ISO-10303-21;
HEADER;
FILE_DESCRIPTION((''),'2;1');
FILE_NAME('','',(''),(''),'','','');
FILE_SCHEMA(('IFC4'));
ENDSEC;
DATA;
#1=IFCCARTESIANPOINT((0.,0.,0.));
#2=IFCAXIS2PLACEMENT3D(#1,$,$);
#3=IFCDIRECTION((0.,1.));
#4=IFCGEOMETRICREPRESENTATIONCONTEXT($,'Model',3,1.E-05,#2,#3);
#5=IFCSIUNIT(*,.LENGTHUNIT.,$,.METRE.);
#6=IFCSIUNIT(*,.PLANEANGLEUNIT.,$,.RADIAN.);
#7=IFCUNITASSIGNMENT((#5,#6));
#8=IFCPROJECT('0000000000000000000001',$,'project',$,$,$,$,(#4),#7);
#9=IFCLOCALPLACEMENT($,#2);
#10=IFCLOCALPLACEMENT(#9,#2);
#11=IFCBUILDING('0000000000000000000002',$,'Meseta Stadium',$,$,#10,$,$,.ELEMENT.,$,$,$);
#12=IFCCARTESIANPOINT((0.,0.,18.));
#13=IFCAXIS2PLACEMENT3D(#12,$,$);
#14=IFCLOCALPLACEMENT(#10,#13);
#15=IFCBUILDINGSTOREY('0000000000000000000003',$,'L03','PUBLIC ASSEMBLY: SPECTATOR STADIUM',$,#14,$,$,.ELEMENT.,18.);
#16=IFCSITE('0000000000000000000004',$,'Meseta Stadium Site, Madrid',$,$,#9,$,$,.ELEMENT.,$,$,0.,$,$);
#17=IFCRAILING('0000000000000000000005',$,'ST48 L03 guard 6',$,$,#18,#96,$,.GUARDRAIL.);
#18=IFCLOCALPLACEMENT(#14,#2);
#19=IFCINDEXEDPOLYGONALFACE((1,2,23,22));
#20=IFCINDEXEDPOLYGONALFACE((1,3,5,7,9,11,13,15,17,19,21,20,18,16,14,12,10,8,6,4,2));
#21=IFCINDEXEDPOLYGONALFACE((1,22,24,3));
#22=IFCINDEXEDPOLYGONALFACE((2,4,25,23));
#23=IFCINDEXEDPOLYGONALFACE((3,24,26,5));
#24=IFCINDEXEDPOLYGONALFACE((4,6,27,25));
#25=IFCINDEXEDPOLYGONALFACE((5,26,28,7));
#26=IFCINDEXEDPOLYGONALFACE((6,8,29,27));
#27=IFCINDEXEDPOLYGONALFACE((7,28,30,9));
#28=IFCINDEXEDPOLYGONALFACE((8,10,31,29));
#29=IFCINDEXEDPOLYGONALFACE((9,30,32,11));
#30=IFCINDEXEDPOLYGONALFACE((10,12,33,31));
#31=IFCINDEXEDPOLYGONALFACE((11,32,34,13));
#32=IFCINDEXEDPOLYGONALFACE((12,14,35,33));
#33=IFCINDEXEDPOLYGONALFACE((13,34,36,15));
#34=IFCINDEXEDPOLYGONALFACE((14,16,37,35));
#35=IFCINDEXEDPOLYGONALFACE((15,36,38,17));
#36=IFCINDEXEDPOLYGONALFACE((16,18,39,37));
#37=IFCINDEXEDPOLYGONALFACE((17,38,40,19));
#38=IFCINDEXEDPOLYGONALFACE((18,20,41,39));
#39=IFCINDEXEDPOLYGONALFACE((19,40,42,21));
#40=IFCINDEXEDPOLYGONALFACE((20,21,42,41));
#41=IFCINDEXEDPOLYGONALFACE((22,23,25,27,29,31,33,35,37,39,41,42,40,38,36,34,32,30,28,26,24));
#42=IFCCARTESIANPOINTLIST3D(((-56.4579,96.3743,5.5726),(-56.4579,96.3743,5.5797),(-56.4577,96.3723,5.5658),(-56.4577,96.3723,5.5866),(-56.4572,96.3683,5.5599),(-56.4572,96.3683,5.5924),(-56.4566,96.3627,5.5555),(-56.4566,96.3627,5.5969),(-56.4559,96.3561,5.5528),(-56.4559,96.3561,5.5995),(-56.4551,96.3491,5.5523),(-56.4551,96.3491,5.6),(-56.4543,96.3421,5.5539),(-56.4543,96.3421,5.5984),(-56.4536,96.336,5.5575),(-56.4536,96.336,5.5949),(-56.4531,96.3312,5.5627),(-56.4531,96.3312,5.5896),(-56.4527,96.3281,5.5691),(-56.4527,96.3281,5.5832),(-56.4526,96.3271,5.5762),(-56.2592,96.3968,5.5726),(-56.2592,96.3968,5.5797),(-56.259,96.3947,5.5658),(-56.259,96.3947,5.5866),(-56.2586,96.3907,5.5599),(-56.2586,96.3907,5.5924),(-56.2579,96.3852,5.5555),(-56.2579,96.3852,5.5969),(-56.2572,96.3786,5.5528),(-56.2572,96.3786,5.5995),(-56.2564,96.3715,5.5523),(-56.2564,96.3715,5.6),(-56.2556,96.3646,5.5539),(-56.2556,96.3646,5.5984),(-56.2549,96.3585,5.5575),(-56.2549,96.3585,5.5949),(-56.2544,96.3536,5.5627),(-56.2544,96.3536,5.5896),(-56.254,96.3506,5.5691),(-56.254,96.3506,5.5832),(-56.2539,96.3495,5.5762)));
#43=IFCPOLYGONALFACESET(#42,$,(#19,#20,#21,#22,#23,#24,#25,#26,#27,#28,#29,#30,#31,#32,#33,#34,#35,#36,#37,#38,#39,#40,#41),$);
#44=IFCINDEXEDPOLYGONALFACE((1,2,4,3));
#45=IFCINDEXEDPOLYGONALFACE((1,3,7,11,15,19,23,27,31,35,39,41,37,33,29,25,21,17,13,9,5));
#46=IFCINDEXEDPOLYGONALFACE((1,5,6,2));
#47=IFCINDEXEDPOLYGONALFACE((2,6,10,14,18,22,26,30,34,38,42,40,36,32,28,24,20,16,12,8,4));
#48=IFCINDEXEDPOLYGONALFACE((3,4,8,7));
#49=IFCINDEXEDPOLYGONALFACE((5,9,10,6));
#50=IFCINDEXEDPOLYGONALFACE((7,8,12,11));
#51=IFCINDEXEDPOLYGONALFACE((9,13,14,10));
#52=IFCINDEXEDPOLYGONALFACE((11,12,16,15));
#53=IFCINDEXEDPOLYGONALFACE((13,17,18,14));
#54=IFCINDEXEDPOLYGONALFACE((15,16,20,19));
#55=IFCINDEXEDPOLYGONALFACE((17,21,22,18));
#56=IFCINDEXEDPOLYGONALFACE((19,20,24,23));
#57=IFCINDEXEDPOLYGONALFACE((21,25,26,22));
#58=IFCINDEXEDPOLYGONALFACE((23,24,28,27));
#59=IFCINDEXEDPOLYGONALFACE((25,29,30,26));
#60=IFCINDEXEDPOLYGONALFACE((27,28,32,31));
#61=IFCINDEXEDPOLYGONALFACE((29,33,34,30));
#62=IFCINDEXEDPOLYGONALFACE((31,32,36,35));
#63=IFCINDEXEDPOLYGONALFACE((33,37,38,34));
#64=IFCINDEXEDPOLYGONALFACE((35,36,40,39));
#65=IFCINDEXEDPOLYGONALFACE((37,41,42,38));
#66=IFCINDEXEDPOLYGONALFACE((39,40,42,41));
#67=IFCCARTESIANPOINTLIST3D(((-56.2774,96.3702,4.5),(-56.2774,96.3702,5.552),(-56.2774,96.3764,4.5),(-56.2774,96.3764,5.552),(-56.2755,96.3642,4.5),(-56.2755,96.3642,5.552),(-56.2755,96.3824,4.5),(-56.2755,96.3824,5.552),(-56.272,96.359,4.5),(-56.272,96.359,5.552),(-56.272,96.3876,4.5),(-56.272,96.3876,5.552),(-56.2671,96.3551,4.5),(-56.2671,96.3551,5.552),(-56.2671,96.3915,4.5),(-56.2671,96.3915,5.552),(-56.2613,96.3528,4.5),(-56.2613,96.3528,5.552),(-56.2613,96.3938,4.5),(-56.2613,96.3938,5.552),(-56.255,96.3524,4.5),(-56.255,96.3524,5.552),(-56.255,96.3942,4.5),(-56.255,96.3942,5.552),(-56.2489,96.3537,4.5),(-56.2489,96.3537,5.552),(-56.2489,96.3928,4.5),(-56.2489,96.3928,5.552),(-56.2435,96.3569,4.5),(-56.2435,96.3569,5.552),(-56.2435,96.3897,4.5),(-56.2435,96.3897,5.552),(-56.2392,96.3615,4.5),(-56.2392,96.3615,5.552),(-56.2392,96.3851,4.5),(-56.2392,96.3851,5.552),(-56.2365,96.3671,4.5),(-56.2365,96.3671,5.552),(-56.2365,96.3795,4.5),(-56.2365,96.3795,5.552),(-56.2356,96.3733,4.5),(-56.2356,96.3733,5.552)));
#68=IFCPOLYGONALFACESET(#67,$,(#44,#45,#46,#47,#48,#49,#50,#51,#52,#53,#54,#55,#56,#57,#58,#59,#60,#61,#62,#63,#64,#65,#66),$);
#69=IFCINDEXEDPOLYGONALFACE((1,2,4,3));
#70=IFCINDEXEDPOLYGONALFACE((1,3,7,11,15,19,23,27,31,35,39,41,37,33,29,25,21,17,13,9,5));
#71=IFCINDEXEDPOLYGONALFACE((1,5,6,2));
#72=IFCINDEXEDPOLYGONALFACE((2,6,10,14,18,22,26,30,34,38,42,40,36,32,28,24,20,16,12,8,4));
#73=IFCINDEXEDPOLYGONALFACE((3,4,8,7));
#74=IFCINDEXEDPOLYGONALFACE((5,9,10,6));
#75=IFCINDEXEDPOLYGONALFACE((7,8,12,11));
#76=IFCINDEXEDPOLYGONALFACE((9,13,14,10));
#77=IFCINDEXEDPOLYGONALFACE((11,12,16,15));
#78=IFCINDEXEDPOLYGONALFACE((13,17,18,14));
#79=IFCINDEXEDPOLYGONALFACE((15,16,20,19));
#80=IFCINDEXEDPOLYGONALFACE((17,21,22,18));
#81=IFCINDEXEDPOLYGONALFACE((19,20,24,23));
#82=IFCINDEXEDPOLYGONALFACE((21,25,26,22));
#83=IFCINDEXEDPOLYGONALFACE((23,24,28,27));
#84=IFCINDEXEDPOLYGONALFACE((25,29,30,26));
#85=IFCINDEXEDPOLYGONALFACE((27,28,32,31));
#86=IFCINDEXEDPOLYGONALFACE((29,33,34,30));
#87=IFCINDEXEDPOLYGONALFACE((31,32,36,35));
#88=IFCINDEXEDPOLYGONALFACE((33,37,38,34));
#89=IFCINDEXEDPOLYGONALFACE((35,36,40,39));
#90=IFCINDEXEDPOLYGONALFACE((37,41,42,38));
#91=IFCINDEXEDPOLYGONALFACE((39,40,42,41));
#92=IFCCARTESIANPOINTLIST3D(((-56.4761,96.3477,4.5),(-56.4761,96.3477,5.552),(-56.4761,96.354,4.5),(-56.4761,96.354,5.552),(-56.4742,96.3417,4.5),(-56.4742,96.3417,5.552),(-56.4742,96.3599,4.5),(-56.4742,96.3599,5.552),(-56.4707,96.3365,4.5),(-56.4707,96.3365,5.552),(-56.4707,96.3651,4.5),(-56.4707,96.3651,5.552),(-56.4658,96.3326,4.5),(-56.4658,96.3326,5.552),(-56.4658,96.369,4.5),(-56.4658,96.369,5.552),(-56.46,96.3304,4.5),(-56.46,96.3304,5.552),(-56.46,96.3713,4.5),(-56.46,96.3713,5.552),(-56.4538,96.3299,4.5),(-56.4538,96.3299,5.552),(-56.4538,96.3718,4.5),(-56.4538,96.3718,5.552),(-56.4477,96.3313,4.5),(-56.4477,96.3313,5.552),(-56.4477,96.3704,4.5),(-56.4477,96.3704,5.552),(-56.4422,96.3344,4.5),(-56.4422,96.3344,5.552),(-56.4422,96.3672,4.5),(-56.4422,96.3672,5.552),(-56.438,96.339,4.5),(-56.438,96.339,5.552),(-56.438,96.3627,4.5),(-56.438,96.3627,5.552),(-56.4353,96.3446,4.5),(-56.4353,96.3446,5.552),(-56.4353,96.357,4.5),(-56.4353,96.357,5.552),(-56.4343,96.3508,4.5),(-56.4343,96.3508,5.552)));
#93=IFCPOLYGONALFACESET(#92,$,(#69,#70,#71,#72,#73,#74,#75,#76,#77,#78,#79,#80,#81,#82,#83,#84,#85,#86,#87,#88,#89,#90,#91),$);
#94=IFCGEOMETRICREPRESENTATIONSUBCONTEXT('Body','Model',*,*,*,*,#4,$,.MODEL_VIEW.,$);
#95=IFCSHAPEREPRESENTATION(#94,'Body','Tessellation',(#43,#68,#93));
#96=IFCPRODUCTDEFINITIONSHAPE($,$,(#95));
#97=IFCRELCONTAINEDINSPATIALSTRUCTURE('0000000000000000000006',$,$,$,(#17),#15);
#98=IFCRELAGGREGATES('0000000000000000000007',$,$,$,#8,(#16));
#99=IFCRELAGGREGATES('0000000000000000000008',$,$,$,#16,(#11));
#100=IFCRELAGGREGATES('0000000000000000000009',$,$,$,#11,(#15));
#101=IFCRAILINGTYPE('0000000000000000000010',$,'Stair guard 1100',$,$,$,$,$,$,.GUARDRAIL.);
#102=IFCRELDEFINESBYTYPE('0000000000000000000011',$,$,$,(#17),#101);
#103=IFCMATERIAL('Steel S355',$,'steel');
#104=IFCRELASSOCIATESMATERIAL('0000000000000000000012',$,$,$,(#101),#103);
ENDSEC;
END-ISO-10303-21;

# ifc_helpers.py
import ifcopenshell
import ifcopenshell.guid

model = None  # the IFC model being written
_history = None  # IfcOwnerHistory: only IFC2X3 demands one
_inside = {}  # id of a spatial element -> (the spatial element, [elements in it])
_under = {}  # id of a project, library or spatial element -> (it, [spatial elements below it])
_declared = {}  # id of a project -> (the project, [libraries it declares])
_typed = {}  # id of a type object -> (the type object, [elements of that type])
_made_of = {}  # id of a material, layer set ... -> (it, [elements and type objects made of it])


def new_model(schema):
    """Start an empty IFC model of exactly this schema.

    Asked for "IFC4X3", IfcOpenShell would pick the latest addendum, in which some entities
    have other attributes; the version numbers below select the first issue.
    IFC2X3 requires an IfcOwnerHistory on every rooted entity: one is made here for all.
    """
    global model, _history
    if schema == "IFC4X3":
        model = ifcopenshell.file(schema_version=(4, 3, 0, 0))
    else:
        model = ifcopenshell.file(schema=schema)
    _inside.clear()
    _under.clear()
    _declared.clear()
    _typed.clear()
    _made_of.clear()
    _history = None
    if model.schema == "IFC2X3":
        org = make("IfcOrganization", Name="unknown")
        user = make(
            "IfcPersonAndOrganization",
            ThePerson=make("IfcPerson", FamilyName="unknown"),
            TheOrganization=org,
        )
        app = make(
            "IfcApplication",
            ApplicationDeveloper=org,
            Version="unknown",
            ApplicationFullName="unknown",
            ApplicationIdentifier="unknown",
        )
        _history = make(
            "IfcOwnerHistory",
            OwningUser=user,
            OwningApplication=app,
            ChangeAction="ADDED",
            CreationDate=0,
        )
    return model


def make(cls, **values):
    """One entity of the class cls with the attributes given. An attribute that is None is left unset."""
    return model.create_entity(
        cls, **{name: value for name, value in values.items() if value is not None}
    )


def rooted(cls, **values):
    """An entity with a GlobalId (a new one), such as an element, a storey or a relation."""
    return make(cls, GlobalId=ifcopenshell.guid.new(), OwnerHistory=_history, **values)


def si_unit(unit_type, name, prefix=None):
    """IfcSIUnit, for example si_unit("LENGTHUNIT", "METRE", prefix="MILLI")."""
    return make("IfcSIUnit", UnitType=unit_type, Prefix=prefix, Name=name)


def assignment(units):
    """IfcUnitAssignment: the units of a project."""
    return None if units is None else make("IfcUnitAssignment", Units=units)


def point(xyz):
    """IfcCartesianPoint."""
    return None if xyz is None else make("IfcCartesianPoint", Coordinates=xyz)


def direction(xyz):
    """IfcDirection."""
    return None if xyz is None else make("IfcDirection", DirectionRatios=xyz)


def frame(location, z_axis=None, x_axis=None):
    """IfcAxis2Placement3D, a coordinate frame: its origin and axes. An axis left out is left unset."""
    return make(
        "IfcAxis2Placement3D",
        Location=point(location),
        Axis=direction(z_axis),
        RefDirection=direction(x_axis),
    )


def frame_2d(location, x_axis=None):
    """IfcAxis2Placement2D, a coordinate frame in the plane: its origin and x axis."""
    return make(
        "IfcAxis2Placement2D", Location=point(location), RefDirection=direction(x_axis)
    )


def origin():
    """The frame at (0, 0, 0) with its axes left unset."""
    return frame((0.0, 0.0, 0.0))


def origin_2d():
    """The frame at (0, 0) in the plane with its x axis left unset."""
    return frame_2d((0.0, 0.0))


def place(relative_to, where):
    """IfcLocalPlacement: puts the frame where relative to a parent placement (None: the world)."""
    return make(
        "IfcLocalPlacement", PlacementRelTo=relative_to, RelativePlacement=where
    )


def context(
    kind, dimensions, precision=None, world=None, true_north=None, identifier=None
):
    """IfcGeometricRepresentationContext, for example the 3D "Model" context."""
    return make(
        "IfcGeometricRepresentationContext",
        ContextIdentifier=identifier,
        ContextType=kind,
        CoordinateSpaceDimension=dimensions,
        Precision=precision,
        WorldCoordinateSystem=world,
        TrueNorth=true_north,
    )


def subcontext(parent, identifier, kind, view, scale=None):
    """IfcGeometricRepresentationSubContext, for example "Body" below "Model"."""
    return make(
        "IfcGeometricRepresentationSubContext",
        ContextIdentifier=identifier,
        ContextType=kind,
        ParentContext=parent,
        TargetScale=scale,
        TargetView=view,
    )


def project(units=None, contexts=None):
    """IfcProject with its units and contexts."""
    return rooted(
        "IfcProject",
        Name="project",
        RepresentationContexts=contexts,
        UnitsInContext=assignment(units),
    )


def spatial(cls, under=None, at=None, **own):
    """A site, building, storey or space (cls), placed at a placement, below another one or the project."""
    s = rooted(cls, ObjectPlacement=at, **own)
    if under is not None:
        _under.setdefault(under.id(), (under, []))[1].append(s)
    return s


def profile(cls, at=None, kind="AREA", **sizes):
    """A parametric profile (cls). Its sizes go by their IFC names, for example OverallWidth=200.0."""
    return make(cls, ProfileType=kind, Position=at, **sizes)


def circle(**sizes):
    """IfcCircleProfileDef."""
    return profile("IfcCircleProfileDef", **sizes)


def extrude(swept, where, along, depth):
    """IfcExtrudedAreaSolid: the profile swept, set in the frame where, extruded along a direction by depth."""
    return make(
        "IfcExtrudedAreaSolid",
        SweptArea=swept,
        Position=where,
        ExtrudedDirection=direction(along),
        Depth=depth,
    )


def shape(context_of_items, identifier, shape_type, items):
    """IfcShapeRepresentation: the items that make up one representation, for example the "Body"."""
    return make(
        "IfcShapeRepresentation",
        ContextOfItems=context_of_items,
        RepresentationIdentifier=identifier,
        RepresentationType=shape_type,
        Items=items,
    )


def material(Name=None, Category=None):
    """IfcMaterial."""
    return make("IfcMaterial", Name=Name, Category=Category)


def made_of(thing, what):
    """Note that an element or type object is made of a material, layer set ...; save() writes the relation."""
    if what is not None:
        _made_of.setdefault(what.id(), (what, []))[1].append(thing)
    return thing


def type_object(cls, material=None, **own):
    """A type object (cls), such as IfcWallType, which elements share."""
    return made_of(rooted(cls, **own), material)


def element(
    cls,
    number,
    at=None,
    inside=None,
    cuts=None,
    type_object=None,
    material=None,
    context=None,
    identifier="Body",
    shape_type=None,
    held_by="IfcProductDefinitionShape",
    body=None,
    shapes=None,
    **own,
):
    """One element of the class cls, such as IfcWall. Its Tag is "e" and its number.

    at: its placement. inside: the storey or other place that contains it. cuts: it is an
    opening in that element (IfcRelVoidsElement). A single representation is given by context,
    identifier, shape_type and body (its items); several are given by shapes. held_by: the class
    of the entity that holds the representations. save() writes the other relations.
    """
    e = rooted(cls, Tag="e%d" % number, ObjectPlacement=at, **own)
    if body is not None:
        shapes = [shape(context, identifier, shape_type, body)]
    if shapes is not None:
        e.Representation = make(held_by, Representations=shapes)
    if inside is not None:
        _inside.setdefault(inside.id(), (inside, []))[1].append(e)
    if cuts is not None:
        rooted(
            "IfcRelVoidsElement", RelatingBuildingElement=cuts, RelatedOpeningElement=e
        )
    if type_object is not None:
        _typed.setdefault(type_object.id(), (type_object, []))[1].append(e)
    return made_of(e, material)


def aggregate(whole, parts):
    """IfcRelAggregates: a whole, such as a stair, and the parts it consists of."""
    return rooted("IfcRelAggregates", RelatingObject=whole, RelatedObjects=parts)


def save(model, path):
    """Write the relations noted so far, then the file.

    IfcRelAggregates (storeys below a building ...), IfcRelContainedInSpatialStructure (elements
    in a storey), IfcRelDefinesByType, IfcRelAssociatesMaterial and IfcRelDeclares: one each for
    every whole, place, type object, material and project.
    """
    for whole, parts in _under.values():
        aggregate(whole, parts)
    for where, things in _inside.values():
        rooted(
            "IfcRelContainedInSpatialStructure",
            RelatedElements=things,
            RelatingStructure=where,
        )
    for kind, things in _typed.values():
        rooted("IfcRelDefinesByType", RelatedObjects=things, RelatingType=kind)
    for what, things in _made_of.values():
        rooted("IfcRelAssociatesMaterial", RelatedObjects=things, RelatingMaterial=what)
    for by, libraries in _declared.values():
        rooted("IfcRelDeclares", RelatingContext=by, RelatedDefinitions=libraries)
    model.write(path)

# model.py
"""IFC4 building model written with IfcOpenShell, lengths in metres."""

from ifc_helpers import new_model, si_unit, direction, frame, origin, origin_2d, place, context, subcontext, project, spatial, circle, extrude, material, type_object, element, save


model = new_model("IFC4")

# Units and contexts
model_context = context("Model", 3, precision=1e-05, world=origin(), true_north=direction((0.0, 1.0)))
body_context = subcontext(model_context, "Body", "Model", "MODEL_VIEW")
ifc_project = project(units=[si_unit("LENGTHUNIT", "METRE"), si_unit("PLANEANGLEUNIT", "RADIAN")], contexts=[model_context])

# Site, building, storey
site_placement = place(None, origin())
site = spatial("IfcSite", under=ifc_project, at=site_placement, Name="Meseta Stadium Site, Madrid", CompositionType="ELEMENT", RefElevation=0.0)
building_placement = place(site_placement, origin())
building = spatial("IfcBuilding", under=site, at=building_placement, Name="Meseta Stadium", CompositionType="ELEMENT")
storey_placement = place(building_placement, frame((0.0, 0.0, 18.0)))
storey = spatial("IfcBuildingStorey", under=building, at=storey_placement, Name="L03", Description="PUBLIC ASSEMBLY: SPECTATOR STADIUM", CompositionType="ELEMENT", Elevation=18.0)

# Railing
ifc_material_1 = material(Name="Steel S355", Category="steel")
railing_type_1 = type_object("IfcRailingType", Name="Stair guard 1100", PredefinedType="GUARDRAIL", material=ifc_material_1)
railing_1_placement = place(storey_placement, frame((-56.2566, 96.3733, 4.5)))
element("IfcRailing", 1, at=railing_1_placement, inside=storey, type_object=railing_type_1, Name="ST48 L03 guard 6", PredefinedType="GUARDRAIL", context=body_context, shape_type="SweptSolid", body=[
    extrude(circle(Radius=0.0239, at=origin_2d()), frame((0.0, 0.0, 1.0762), z_axis=(-0.993674, -0.112307, 0.0), x_axis=(0.112307, -0.993674, 0.0)), (0.0, 0.0, 1.0), 0.2),
    extrude(circle(Radius=0.021, at=origin_2d()), origin(), (0.0, 0.0, 1.0), 1.052),
    extrude(circle(Radius=0.021, at=origin_2d()), frame((-0.1987, -0.0225, 0.0)), (0.0, 0.0, 1.0), 1.052),
])

save(model, "model.ifc")
